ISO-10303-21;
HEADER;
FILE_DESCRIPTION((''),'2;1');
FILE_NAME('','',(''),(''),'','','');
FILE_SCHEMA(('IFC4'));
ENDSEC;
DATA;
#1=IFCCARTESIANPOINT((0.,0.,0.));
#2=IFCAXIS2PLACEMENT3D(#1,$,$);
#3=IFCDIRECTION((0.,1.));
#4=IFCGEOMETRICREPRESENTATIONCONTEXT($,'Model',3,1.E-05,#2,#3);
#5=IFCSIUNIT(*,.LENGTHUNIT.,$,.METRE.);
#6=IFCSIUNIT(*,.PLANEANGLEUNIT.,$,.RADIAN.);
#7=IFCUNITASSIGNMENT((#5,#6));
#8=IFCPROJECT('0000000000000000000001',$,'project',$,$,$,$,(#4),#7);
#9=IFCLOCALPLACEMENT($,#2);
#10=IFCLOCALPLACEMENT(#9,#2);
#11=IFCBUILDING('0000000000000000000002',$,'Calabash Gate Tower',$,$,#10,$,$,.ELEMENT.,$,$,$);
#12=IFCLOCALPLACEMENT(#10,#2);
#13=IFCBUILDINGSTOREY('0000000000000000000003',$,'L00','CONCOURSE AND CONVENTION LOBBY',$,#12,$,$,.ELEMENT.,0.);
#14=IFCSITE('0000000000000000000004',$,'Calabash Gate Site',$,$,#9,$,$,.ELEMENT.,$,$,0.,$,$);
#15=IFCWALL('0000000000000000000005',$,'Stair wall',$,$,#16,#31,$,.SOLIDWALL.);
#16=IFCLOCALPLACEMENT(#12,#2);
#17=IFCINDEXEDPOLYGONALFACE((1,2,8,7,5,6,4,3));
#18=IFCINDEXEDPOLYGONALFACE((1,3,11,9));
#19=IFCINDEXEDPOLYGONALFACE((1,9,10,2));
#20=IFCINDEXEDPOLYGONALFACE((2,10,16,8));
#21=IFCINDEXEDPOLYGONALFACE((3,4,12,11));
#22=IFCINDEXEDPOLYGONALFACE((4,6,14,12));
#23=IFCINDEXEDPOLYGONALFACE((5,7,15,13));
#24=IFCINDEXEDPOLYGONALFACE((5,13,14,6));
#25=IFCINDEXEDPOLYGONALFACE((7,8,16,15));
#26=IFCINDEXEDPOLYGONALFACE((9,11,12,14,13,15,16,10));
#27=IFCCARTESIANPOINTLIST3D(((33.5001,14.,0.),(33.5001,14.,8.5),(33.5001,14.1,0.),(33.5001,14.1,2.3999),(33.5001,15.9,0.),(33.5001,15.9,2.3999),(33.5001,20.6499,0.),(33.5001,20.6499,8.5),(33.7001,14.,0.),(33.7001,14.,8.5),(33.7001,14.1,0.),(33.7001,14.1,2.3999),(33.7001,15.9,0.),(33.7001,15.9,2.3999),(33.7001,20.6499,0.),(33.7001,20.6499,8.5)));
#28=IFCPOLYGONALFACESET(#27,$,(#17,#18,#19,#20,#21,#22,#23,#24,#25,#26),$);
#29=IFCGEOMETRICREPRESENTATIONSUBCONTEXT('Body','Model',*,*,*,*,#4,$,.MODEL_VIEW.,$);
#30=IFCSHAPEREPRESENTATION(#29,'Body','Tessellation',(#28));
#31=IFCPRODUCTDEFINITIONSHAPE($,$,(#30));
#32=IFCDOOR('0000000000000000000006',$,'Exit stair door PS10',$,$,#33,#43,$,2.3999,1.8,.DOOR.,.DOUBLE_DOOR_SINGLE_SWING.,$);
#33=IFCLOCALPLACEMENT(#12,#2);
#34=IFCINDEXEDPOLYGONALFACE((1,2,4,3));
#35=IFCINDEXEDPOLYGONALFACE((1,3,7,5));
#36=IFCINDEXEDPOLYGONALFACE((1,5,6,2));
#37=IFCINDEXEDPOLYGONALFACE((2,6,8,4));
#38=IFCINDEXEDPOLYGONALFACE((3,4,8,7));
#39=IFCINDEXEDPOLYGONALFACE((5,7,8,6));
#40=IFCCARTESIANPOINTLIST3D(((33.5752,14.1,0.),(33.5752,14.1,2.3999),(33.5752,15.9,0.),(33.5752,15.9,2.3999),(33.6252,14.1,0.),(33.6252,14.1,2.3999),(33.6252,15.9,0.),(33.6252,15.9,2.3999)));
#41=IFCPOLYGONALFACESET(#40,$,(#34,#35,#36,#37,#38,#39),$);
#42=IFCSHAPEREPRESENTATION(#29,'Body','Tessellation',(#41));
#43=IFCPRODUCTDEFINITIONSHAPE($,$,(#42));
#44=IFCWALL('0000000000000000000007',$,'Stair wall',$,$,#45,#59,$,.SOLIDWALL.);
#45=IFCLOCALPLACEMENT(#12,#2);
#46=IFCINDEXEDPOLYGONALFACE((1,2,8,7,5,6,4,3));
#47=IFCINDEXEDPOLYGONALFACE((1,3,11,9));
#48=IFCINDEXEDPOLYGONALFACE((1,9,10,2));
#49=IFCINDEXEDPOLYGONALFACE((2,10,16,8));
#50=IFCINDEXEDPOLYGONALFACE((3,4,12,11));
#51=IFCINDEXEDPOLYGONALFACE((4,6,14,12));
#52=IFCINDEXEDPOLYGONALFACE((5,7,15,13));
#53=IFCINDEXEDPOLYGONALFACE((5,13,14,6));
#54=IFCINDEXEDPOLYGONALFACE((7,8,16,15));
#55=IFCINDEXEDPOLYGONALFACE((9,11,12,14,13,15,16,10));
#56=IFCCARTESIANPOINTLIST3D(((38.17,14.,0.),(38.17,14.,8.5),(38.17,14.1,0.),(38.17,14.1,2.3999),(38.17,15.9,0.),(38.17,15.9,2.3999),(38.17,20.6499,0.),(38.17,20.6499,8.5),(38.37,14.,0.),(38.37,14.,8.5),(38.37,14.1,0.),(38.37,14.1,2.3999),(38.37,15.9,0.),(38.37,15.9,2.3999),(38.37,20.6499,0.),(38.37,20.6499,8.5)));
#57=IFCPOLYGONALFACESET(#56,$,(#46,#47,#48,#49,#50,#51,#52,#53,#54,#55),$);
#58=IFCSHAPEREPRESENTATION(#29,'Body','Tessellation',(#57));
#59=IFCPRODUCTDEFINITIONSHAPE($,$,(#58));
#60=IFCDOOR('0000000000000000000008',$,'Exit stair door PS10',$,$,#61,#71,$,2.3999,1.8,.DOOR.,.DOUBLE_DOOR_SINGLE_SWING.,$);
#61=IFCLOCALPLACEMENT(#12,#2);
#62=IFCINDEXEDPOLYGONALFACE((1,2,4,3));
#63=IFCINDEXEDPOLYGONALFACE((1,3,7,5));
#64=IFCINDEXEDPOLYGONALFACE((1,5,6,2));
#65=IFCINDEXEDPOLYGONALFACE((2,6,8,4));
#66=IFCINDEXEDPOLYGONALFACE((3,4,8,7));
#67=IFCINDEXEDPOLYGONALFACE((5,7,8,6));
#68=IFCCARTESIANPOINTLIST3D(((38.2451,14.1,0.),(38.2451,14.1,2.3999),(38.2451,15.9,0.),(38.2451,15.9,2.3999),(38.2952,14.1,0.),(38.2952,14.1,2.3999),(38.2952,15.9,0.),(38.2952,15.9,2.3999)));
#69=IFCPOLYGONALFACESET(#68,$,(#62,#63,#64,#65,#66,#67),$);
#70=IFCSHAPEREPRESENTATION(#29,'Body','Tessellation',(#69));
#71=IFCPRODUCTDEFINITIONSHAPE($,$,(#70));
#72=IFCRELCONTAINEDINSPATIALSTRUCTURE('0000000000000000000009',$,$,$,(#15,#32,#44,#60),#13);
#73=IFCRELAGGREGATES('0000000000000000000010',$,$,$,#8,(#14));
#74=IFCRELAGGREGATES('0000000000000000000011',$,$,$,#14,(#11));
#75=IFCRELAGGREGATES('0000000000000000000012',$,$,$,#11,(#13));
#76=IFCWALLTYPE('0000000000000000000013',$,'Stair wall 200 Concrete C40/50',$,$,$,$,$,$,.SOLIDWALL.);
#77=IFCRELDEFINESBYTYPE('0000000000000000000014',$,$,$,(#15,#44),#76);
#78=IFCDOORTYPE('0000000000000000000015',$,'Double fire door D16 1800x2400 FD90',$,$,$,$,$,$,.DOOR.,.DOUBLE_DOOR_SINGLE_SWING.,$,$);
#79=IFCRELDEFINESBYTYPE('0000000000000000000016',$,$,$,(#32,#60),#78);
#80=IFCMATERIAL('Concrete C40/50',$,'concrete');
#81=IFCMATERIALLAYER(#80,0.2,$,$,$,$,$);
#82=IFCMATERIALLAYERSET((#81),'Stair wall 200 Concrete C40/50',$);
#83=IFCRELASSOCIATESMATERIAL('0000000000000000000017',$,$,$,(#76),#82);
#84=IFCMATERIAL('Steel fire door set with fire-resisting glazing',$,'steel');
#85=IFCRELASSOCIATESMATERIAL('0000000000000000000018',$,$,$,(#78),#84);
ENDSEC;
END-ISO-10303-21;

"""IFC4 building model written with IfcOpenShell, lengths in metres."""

from ifc_helpers import new_model, si_unit, direction, frame, frame_2d, origin, place, context, subcontext, project, spatial, rectangle, extrude, material, layer, layer_set, type_object, element, fill, save


model = new_model("IFC4")

# Units and contexts
model_context = context("Model", 3, precision=1e-05, world=origin(), true_north=direction((0.0, 1.0)))
body_context = subcontext(model_context, "Body", "Model", "MODEL_VIEW")
ifc_project = project(units=[si_unit("LENGTHUNIT", "METRE"), si_unit("PLANEANGLEUNIT", "RADIAN")], contexts=[model_context])

# Site, building, storey
site_placement = place(None, origin())
site = spatial("IfcSite", under=ifc_project, at=site_placement, Name="Calabash Gate Site", CompositionType="ELEMENT", RefElevation=0.0)
building_placement = place(site_placement, origin())
building = spatial("IfcBuilding", under=site, at=building_placement, Name="Calabash Gate Tower", CompositionType="ELEMENT")
storey_placement = place(building_placement, origin())
storey = spatial("IfcBuildingStorey", under=building, at=storey_placement, Name="L00", Description="CONCOURSE AND CONVENTION LOBBY", CompositionType="ELEMENT", Elevation=0.0)

# Shared definitions
ifc_material_1 = material(Name="Concrete C40/50", Category="concrete")
ifc_layer_1 = layer(ifc_material_1, 0.2)
ifc_layer_set_1 = layer_set([ifc_layer_1], Name="Stair wall 200 Concrete C40/50")
wall_type_1 = type_object("IfcWallType", Name="Stair wall 200 Concrete C40/50", PredefinedType="SOLIDWALL", material=ifc_layer_set_1)

# Walls, openings, doors
wall_1_placement = place(storey_placement, frame((33.6001, 14.0, 0.0), z_axis=(0.0, 0.0, 1.0), x_axis=(0.0, 1.0, 0.0)))
wall_1 = element("IfcWall", 1, at=wall_1_placement, inside=storey, type_object=wall_type_1, Name="Stair wall", PredefinedType="SOLIDWALL", context=body_context, shape_type="SweptSolid", body=[
    extrude(rectangle(XDim=6.6499, YDim=0.2, at=frame_2d((3.325, 0.0))), origin(), (0.0, 0.0, 1.0), 8.5),
])
opening_1_placement = place(wall_1_placement, frame((0.1001, 0.0, 0.0)))
opening_1 = element("IfcOpeningElement", 2, at=opening_1_placement, cuts=wall_1, PredefinedType="OPENING", context=body_context, shape_type="SweptSolid", body=[
    extrude(rectangle(XDim=1.8, YDim=2.3999, at=frame_2d((0.8999, 1.2))), frame((0.0, 0.1099, 0.0), z_axis=(0.0, -1.0, 0.0), x_axis=(1.0, 0.0, 0.0)), (0.0, 0.0, 1.0), 0.22),
])
ifc_material_2 = material(Name="Steel fire door set with fire-resisting glazing", Category="steel")
door_type_1 = type_object("IfcDoorType", Name="Double fire door D16 1800x2400 FD90", OperationType="DOUBLE_DOOR_SINGLE_SWING", PredefinedType="DOOR", material=ifc_material_2)
door_1_placement = place(opening_1_placement, origin())
door_1 = element("IfcDoor", 3, at=door_1_placement, inside=storey, type_object=door_type_1, Name="Exit stair door PS10", OperationType="DOUBLE_DOOR_SINGLE_SWING", OverallHeight=2.3999, OverallWidth=1.8, PredefinedType="DOOR", context=body_context, shape_type="SweptSolid", body=[
    extrude(rectangle(XDim=1.8, YDim=2.3999, at=frame_2d((0.8999, 1.2))), frame((0.0, 0.0249, 0.0), z_axis=(0.0, -1.0, 0.0), x_axis=(1.0, 0.0, 0.0)), (0.0, 0.0, 1.0), 0.05),
])
fill(opening_1, door_1)
wall_2_placement = place(storey_placement, frame((38.27, 14.0, 0.0), z_axis=(0.0, 0.0, 1.0), x_axis=(0.0, 1.0, 0.0)))
wall_2 = element("IfcWall", 4, at=wall_2_placement, inside=storey, type_object=wall_type_1, Name="Stair wall", PredefinedType="SOLIDWALL", context=body_context, shape_type="SweptSolid", body=[
    extrude(rectangle(XDim=6.6499, YDim=0.2, at=frame_2d((3.325, 0.0))), origin(), (0.0, 0.0, 1.0), 8.5),
])
opening_2_placement = place(wall_2_placement, frame((0.1001, 0.0, 0.0)))
opening_2 = element("IfcOpeningElement", 5, at=opening_2_placement, cuts=wall_2, PredefinedType="OPENING", context=body_context, shape_type="SweptSolid", body=[
    extrude(rectangle(XDim=1.8, YDim=2.3999, at=frame_2d((0.8999, 1.2))), frame((0.0, 0.1099, 0.0), z_axis=(0.0, -1.0, 0.0), x_axis=(1.0, 0.0, 0.0)), (0.0, 0.0, 1.0), 0.22),
])
door_2_placement = place(opening_2_placement, origin())
door_2 = element("IfcDoor", 6, at=door_2_placement, inside=storey, type_object=door_type_1, Name="Exit stair door PS10", OperationType="DOUBLE_DOOR_SINGLE_SWING", OverallHeight=2.3999, OverallWidth=1.8, PredefinedType="DOOR", context=body_context, shape_type="SweptSolid", body=[
    extrude(rectangle(XDim=1.8, YDim=2.3999, at=frame_2d((0.8999, 1.2))), frame((0.0, 0.0249, 0.0), z_axis=(0.0, -1.0, 0.0), x_axis=(1.0, 0.0, 0.0)), (0.0, 0.0, 1.0), 0.05),
])
fill(opening_2, door_2)

save(model, "model.ifc")
